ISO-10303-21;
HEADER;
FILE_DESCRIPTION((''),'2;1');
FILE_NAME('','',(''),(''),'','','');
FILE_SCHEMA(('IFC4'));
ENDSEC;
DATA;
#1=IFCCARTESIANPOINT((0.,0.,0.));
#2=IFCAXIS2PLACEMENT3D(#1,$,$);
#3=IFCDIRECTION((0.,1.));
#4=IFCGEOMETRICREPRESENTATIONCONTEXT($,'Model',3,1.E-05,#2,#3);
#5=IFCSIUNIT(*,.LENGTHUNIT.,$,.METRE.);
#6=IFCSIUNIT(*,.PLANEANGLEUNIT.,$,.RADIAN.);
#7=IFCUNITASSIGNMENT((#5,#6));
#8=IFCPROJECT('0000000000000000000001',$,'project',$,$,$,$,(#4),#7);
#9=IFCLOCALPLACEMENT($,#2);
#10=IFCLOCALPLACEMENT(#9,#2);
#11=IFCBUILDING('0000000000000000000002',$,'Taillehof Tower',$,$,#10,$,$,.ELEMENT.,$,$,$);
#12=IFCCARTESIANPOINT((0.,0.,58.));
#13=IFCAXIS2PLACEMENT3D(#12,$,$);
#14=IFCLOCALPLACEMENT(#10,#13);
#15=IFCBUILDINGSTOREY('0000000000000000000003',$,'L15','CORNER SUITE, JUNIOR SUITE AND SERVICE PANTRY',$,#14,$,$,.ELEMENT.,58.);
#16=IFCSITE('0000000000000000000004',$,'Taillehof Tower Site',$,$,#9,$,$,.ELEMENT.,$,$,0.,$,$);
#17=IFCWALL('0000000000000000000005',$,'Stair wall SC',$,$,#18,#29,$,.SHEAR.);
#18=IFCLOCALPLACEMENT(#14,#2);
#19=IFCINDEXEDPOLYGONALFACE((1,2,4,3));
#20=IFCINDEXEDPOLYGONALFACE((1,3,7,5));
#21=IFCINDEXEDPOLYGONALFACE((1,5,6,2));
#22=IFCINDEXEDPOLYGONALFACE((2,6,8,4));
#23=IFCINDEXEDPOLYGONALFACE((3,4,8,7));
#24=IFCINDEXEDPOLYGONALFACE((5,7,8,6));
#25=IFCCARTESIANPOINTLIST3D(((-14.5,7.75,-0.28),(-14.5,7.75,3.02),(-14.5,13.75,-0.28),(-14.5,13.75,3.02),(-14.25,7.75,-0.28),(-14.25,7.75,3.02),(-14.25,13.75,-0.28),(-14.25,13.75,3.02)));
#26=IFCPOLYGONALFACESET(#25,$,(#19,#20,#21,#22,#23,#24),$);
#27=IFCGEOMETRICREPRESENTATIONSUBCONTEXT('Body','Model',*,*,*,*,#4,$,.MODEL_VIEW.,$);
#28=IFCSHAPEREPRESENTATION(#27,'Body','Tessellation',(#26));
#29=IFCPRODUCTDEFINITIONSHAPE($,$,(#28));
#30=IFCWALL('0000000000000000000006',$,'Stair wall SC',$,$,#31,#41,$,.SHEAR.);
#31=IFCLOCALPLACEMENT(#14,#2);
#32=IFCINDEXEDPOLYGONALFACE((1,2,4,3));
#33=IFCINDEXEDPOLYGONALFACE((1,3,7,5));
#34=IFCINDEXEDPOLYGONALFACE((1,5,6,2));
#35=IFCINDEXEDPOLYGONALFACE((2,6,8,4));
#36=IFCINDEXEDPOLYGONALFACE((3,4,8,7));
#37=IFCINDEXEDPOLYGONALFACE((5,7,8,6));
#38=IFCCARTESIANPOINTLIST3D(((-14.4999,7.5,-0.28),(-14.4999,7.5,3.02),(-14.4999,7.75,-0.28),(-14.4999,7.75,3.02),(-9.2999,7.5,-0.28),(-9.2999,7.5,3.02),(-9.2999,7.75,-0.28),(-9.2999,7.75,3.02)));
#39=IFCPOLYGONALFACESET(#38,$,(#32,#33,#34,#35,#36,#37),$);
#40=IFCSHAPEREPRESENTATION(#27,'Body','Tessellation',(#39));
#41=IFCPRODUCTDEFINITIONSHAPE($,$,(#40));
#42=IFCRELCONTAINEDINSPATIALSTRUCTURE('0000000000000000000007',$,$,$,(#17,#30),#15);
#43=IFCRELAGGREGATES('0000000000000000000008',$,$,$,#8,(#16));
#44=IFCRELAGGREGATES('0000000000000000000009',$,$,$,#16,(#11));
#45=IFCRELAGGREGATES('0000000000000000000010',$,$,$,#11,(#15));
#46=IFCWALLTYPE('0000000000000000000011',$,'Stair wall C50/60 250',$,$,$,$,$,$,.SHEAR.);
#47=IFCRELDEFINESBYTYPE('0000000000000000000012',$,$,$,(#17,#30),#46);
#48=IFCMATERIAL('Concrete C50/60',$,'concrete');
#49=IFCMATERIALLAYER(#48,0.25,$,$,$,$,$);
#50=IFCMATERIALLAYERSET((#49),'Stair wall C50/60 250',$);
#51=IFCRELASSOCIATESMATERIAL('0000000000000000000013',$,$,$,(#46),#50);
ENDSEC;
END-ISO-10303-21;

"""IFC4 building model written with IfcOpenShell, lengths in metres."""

from ifc_helpers import new_model, si_unit, direction, frame, frame_2d, origin, place, context, subcontext, project, spatial, rectangle, extrude, material, layer, layer_set, type_object, element, save


model = new_model("IFC4")

# Units and contexts
model_context = context("Model", 3, precision=1e-05, world=origin(), true_north=direction((0.0, 1.0)))
body_context = subcontext(model_context, "Body", "Model", "MODEL_VIEW")
ifc_project = project(units=[si_unit("LENGTHUNIT", "METRE"), si_unit("PLANEANGLEUNIT", "RADIAN")], contexts=[model_context])

# Site, building, storey
site_placement = place(None, origin())
site = spatial("IfcSite", under=ifc_project, at=site_placement, Name="Taillehof Tower Site", CompositionType="ELEMENT", RefElevation=0.0)
building_placement = place(site_placement, origin())
building = spatial("IfcBuilding", under=site, at=building_placement, Name="Taillehof Tower", CompositionType="ELEMENT")
storey_placement = place(building_placement, frame((0.0, 0.0, 58.0)))
storey = spatial("IfcBuildingStorey", under=building, at=storey_placement, Name="L15", Description="CORNER SUITE, JUNIOR SUITE AND SERVICE PANTRY", CompositionType="ELEMENT", Elevation=58.0)

# Walls
ifc_material_1 = material(Name="Concrete C50/60", Category="concrete")
ifc_layer_1 = layer(ifc_material_1, 0.25)
ifc_layer_set_1 = layer_set([ifc_layer_1], Name="Stair wall C50/60 250")
wall_type_1 = type_object("IfcWallType", Name="Stair wall C50/60 250", PredefinedType="SHEAR", material=ifc_layer_set_1)
wall_1_placement = place(storey_placement, frame((-14.375, 7.75, -0.28), z_axis=(0.0, 0.0, 1.0), x_axis=(0.0, 1.0, 0.0)))
element("IfcWall", 1, at=wall_1_placement, inside=storey, type_object=wall_type_1, Name="Stair wall SC", PredefinedType="SHEAR", context=body_context, shape_type="SweptSolid", body=[
    extrude(rectangle(XDim=6.0, YDim=0.25, at=frame_2d((3.0, 0.0))), origin(), (0.0, 0.0, 1.0), 3.3),
])
wall_2_placement = place(storey_placement, frame((-14.5, 7.625, -0.28), z_axis=(0.0, 0.0, 1.0), x_axis=(1.0, 0.0, 0.0)))
element("IfcWall", 2, at=wall_2_placement, inside=storey, type_object=wall_type_1, Name="Stair wall SC", PredefinedType="SHEAR", context=body_context, shape_type="SweptSolid", body=[
    extrude(rectangle(XDim=5.2, YDim=0.25, at=frame_2d((2.6001, 0.0))), origin(), (0.0, 0.0, 1.0), 3.3),
])

save(model, "model.ifc")
